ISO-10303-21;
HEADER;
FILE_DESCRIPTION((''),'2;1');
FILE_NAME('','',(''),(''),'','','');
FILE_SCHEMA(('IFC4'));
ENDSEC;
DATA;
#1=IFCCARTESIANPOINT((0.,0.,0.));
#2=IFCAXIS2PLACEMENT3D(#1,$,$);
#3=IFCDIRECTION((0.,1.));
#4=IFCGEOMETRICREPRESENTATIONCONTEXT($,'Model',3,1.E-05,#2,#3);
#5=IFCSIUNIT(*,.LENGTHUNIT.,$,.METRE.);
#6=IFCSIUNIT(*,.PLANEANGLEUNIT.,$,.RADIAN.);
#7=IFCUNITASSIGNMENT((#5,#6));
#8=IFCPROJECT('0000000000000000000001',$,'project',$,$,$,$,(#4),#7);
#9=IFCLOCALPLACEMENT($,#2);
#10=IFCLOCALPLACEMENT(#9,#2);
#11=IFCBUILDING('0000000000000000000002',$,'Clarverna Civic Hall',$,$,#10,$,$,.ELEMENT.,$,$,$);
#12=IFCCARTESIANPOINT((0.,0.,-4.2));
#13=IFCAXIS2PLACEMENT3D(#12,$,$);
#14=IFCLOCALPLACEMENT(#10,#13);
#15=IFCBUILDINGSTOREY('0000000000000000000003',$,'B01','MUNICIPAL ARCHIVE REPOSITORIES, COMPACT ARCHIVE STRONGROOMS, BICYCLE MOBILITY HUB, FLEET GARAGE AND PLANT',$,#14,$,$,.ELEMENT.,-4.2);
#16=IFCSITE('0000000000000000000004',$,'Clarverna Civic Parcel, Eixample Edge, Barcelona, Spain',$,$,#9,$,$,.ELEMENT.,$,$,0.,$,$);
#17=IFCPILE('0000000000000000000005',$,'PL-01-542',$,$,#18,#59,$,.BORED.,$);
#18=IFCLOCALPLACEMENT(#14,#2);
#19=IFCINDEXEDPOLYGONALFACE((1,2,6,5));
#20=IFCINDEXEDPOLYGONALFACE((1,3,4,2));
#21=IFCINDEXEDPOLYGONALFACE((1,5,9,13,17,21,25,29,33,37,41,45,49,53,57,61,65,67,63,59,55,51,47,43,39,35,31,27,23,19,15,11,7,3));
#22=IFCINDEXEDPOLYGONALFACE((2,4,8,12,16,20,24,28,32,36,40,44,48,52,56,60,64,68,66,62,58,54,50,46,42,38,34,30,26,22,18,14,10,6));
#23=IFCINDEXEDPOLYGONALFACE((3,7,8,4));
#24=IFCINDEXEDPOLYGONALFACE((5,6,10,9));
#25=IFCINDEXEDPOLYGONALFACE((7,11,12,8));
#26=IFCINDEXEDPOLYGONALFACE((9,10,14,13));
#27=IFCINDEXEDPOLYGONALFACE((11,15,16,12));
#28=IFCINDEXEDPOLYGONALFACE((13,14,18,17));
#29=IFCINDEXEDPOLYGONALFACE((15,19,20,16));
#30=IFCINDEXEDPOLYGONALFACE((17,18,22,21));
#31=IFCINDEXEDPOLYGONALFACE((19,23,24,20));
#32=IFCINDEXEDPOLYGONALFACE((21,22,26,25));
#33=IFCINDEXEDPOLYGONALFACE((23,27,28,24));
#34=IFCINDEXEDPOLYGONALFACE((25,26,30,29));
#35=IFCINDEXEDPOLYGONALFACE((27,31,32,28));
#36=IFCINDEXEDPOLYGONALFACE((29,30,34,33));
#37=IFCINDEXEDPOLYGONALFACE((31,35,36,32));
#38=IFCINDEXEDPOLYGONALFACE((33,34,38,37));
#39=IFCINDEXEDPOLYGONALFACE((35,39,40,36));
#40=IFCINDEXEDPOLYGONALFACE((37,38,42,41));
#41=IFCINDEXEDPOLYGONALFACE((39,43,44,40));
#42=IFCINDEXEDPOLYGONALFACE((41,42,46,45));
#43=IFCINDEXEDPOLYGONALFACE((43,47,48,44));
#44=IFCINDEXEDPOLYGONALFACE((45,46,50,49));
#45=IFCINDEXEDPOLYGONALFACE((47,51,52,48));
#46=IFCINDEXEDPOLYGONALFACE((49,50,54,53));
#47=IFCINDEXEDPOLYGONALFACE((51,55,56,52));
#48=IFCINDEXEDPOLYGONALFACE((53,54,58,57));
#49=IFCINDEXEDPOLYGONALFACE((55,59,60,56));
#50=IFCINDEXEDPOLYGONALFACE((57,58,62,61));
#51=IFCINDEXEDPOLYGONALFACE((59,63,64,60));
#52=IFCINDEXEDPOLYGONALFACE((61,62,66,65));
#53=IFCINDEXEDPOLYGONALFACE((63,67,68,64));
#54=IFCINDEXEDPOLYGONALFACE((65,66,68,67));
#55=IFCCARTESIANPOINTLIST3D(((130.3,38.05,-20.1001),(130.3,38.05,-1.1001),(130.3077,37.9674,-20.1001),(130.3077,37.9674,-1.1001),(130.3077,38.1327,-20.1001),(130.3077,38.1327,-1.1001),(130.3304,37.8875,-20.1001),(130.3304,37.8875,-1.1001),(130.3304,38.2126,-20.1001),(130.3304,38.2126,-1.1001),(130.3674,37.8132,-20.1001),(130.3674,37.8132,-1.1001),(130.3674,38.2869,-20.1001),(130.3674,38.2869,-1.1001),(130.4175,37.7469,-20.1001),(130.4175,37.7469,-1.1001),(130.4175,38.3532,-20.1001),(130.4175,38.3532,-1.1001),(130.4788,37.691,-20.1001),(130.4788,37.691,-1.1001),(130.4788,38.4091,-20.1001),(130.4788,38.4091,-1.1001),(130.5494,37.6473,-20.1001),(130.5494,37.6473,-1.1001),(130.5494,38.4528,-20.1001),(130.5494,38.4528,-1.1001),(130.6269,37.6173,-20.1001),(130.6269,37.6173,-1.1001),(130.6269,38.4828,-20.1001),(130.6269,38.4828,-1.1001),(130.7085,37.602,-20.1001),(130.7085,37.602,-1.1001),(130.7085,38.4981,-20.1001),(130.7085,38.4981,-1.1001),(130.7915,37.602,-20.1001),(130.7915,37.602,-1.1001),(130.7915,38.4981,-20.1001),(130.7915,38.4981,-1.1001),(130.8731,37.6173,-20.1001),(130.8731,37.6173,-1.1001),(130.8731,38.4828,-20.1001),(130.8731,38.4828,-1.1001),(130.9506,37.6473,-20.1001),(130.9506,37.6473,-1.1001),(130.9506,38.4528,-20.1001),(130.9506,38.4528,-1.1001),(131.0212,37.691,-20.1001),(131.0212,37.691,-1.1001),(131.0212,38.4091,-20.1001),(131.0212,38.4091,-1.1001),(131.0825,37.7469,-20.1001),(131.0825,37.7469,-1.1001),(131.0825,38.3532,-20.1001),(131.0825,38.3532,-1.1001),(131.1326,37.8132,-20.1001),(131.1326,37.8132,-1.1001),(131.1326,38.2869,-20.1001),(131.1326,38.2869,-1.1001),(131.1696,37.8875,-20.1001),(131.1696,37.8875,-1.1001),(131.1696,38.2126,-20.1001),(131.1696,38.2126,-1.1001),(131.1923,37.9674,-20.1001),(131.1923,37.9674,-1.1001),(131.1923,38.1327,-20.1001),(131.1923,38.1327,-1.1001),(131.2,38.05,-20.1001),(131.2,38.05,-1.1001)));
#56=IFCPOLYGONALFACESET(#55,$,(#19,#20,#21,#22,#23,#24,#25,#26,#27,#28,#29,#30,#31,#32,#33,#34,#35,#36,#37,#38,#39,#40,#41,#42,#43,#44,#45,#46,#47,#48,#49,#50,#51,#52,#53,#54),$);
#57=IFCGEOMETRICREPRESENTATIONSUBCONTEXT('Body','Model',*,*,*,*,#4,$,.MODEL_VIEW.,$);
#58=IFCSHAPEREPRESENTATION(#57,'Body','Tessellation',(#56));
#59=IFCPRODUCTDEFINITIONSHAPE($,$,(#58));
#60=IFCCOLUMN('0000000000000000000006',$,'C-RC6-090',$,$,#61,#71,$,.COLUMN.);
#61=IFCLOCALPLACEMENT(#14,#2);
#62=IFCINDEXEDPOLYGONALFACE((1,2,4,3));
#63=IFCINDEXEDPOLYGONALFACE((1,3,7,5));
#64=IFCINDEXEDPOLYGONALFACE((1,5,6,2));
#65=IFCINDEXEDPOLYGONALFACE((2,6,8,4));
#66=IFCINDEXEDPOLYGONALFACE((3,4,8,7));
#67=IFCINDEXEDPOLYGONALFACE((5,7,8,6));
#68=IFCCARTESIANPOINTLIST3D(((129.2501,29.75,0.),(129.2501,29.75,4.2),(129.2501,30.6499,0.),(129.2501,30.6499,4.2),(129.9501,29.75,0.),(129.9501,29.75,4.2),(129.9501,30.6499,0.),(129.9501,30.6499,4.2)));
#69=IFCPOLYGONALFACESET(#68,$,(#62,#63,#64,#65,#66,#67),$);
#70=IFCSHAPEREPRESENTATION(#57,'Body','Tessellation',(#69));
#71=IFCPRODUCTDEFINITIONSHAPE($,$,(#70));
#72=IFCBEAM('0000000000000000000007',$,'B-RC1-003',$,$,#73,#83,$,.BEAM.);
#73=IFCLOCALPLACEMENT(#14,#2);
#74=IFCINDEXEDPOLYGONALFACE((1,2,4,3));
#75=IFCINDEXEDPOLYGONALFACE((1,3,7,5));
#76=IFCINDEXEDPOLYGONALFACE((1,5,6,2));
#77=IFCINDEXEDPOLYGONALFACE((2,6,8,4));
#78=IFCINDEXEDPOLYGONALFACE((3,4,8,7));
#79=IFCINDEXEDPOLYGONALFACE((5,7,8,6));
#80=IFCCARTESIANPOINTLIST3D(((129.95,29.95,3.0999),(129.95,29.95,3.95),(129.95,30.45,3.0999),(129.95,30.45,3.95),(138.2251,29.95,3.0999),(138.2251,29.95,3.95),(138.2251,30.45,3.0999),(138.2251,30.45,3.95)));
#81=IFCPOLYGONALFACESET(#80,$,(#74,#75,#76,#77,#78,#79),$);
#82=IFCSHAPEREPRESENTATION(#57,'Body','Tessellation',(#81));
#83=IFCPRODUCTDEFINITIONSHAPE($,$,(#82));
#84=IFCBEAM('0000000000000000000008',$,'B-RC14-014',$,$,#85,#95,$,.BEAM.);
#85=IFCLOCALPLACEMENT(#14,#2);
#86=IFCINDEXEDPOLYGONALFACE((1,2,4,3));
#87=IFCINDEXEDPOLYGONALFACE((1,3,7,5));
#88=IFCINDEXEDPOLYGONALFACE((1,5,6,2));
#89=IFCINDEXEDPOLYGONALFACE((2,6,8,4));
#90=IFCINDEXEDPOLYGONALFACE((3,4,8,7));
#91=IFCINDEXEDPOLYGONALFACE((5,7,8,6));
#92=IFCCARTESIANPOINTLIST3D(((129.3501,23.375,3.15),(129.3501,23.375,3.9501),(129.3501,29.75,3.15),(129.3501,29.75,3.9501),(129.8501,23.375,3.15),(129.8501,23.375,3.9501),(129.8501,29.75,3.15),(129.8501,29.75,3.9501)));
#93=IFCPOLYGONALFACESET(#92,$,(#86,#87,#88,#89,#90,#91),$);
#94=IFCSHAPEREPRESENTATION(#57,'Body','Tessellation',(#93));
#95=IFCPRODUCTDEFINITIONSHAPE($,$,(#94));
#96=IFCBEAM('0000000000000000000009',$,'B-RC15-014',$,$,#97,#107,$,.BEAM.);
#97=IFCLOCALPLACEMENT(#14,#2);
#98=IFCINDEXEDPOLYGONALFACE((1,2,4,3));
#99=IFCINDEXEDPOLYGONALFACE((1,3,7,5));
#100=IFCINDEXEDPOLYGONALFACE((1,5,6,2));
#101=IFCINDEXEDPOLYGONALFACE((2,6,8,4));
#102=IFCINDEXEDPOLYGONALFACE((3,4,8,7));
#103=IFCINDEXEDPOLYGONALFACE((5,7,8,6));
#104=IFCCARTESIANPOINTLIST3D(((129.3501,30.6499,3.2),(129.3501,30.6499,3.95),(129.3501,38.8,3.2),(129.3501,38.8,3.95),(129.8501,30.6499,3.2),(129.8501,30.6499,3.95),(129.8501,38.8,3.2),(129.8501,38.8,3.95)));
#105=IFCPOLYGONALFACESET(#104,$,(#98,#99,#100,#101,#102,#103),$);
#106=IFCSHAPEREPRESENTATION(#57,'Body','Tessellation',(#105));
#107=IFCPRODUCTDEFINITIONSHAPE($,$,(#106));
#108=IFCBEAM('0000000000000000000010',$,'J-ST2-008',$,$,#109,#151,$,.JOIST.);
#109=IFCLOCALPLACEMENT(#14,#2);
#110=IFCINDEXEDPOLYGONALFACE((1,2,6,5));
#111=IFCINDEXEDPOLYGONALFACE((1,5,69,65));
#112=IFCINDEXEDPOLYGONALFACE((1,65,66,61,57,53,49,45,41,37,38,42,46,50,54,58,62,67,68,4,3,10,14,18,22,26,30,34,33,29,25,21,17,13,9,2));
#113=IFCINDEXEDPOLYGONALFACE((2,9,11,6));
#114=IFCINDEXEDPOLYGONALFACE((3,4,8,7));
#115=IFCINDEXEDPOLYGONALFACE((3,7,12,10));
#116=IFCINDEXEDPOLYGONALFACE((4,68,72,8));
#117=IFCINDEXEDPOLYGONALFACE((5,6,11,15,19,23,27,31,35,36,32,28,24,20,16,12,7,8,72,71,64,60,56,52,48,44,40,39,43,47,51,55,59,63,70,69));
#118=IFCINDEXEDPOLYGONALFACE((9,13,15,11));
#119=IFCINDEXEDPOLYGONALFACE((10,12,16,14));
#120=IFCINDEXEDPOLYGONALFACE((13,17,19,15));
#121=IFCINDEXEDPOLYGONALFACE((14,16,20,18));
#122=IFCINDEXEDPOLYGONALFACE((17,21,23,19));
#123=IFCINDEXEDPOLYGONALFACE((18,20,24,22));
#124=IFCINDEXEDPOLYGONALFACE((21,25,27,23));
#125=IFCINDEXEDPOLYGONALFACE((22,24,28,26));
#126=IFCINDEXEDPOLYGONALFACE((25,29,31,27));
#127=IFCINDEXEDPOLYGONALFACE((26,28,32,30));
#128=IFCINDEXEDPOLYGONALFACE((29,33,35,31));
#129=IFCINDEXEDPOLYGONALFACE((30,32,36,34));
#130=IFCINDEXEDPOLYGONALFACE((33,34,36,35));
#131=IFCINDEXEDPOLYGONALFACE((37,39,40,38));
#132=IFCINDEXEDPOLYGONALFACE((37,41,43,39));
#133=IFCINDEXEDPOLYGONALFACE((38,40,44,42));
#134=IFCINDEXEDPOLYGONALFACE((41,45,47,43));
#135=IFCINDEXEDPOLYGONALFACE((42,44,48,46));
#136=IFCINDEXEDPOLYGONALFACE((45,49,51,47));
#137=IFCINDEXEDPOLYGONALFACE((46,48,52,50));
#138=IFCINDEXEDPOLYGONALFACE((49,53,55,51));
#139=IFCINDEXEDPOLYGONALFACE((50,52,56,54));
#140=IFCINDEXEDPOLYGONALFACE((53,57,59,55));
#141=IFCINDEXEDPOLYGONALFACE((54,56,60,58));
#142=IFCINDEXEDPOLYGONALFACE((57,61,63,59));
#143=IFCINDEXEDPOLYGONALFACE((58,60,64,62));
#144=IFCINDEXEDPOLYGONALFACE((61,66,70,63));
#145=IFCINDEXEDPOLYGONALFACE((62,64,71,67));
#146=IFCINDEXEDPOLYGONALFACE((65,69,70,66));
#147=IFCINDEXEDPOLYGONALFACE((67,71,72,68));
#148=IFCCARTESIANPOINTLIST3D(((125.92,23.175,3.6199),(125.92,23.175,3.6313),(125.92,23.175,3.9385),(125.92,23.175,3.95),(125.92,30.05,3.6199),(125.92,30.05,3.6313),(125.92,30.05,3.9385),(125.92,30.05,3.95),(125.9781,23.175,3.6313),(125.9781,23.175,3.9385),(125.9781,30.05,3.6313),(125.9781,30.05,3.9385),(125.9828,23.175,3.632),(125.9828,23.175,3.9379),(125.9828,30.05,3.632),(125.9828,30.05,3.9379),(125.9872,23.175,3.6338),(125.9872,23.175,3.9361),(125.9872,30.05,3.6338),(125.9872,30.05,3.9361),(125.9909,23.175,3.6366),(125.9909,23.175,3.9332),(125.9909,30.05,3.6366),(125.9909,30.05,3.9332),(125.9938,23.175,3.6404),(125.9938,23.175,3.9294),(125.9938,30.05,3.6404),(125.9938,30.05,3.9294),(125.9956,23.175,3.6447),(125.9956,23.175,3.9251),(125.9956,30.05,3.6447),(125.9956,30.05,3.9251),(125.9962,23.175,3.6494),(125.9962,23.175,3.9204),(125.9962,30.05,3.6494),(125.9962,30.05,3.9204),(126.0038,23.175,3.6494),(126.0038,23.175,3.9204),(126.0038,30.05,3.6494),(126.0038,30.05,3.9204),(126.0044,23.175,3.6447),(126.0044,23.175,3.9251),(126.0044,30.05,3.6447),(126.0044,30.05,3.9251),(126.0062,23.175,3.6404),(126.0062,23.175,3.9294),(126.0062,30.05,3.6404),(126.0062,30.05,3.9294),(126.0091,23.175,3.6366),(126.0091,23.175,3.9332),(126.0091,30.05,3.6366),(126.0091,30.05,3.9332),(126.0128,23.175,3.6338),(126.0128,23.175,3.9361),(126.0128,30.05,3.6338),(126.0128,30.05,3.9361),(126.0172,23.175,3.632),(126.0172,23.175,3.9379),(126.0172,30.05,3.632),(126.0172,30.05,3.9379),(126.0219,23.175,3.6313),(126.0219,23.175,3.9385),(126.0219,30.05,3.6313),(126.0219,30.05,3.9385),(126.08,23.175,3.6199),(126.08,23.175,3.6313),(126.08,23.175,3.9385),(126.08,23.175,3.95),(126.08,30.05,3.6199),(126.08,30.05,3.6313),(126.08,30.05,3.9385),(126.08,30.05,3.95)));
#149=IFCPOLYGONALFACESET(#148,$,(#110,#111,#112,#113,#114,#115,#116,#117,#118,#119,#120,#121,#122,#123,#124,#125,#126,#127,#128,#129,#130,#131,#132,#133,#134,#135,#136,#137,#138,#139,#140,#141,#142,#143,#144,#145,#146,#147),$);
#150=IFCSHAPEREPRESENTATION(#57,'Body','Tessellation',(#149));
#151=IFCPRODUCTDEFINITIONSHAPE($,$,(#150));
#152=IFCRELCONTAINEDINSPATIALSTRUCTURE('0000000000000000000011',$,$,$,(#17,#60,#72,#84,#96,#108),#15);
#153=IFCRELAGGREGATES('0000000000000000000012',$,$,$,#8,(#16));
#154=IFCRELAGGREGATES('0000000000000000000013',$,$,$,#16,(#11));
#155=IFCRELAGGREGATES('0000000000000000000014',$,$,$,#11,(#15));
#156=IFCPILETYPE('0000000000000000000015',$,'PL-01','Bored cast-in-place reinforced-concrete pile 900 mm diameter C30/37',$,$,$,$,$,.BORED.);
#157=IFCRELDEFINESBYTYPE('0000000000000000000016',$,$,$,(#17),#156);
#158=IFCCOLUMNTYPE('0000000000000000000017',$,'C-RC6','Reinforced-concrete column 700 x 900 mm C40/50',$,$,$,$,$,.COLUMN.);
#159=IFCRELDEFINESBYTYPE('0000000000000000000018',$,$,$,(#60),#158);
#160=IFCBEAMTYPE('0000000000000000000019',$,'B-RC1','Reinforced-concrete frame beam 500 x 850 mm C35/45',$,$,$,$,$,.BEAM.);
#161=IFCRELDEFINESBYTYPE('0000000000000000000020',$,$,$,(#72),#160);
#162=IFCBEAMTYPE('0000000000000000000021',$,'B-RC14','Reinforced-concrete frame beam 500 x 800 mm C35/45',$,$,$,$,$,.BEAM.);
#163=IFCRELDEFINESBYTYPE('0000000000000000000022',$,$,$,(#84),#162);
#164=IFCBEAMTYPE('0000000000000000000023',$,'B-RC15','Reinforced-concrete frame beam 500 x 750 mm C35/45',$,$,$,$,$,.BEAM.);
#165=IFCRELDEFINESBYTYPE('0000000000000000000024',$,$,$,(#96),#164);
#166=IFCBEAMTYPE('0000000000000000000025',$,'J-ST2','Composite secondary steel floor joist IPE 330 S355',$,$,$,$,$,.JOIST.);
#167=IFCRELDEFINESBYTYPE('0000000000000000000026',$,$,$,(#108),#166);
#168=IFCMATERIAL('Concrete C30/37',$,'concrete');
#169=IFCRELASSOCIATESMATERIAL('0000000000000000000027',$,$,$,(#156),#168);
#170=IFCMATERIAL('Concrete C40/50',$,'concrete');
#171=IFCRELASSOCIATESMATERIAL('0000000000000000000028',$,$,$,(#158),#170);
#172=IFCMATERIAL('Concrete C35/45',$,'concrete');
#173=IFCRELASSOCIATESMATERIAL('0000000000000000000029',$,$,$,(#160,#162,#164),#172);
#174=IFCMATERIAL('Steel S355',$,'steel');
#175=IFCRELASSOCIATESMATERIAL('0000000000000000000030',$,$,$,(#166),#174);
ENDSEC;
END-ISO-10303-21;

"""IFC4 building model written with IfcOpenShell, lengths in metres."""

from ifc_helpers import new_model, si_unit, direction, frame, origin, origin_2d, place, context, subcontext, project, spatial, rectangle, circle, i_section, extrude, material, material_profile, profile_set, type_object, element, save


model = new_model("IFC4")

# Units and contexts
model_context = context("Model", 3, precision=1e-05, world=origin(), true_north=direction((0.0, 1.0)))
body_context = subcontext(model_context, "Body", "Model", "MODEL_VIEW")
ifc_project = project(units=[si_unit("LENGTHUNIT", "METRE"), si_unit("PLANEANGLEUNIT", "RADIAN")], contexts=[model_context])

# Site, building, storey
site_placement = place(None, origin())
site = spatial("IfcSite", under=ifc_project, at=site_placement, Name="Clarverna Civic Parcel, Eixample Edge, Barcelona, Spain", CompositionType="ELEMENT", RefElevation=0.0)
building_placement = place(site_placement, origin())
building = spatial("IfcBuilding", under=site, at=building_placement, Name="Clarverna Civic Hall", CompositionType="ELEMENT")
storey_placement = place(building_placement, frame((0.0, 0.0, -4.2)))
storey = spatial("IfcBuildingStorey", under=building, at=storey_placement, Name="B01", Description="MUNICIPAL ARCHIVE REPOSITORIES, COMPACT ARCHIVE STRONGROOMS, BICYCLE MOBILITY HUB, FLEET GARAGE AND PLANT", CompositionType="ELEMENT", Elevation=-4.2)

# Shared definitions
ifc_material_1 = material(Name="Concrete C30/37", Category="concrete")

# Pile
ifc_material_profile_1 = material_profile(ifc_material_1, circle(Radius=0.45, at=origin_2d()), Name="BORED PILE D900")
ifc_profile_set_1 = profile_set([ifc_material_profile_1], Name="Concrete C30/37")
pile_type = type_object("IfcPileType", Name="PL-01", Description="Bored cast-in-place reinforced-concrete pile 900 mm diameter C30/37", PredefinedType="BORED", material=ifc_profile_set_1)
for number, where, z_axis, x_axis, name in (
    (1, (130.75, 38.05, -1.1001), (0.0, 0.0, -1.0), (1.0, 0.0, 0.0), "PL-01-542"),
):
    element("IfcPile", number, at=place(storey_placement, frame(where, z_axis=z_axis, x_axis=x_axis)), inside=storey, type_object=pile_type, Name=name, PredefinedType="BORED", context=body_context, shape_type="SweptSolid", body=[
        extrude(circle(Radius=0.45, at=origin_2d()), origin(), (0.0, 0.0, 1.0), 19.0),
    ])

# Column
ifc_material_2 = material(Name="Concrete C40/50", Category="concrete")
ifc_material_profile_2 = material_profile(ifc_material_2, rectangle(XDim=0.7, YDim=0.8999, at=origin_2d()), Name="RC 700x900")
ifc_profile_set_2 = profile_set([ifc_material_profile_2], Name="Concrete C40/50")
column_type = type_object("IfcColumnType", Name="C-RC6", Description="Reinforced-concrete column 700 x 900 mm C40/50", PredefinedType="COLUMN", material=ifc_profile_set_2)
column_placement = place(storey_placement, frame((129.6001, 30.2, 0.0), z_axis=(0.0, 0.0, 1.0), x_axis=(1.0, 0.0, 0.0)))
element("IfcColumn", 2, at=column_placement, inside=storey, type_object=column_type, Name="C-RC6-090", PredefinedType="COLUMN", context=body_context, shape_type="SweptSolid", body=[
    extrude(rectangle(XDim=0.7, YDim=0.8999, at=origin_2d()), origin(), (0.0, 0.0, 1.0), 4.2),
])

# Beams
ifc_material_3 = material(Name="Concrete C35/45", Category="concrete")
ifc_material_profile_3 = material_profile(ifc_material_3, rectangle(XDim=0.5, YDim=0.8501, at=origin_2d()), Name="RC 500x850")
ifc_profile_set_3 = profile_set([ifc_material_profile_3], Name="Concrete C35/45")
beam_type_1 = type_object("IfcBeamType", Name="B-RC1", Description="Reinforced-concrete frame beam 500 x 850 mm C35/45", PredefinedType="BEAM", material=ifc_profile_set_3)
beam_1_placement = place(storey_placement, frame((129.95, 30.2, 3.5249), z_axis=(1.0, 0.0, 0.0), x_axis=(0.0, 1.0, 0.0)))
element("IfcBeam", 3, at=beam_1_placement, inside=storey, type_object=beam_type_1, Name="B-RC1-003", PredefinedType="BEAM", context=body_context, shape_type="SweptSolid", body=[
    extrude(rectangle(XDim=0.5, YDim=0.8501, at=origin_2d()), origin(), (0.0, 0.0, 1.0), 8.2751),
])
ifc_material_profile_4 = material_profile(ifc_material_3, rectangle(XDim=0.5, YDim=0.8, at=origin_2d()), Name="RC 500x800")
ifc_profile_set_4 = profile_set([ifc_material_profile_4], Name="Concrete C35/45")
beam_type_2 = type_object("IfcBeamType", Name="B-RC14", Description="Reinforced-concrete frame beam 500 x 800 mm C35/45", PredefinedType="BEAM", material=ifc_profile_set_4)
beam_2_placement = place(storey_placement, frame((129.6001, 23.375, 3.55), z_axis=(0.0, 1.0, 0.0), x_axis=(-1.0, 0.0, 0.0)))
element("IfcBeam", 4, at=beam_2_placement, inside=storey, type_object=beam_type_2, Name="B-RC14-014", PredefinedType="BEAM", context=body_context, shape_type="SweptSolid", body=[
    extrude(rectangle(XDim=0.5, YDim=0.8, at=origin_2d()), origin(), (0.0, 0.0, 1.0), 6.375),
])
ifc_material_profile_5 = material_profile(ifc_material_3, rectangle(XDim=0.5, YDim=0.75, at=origin_2d()), Name="RC 500x750")
ifc_profile_set_5 = profile_set([ifc_material_profile_5], Name="Concrete C35/45")
beam_type_3 = type_object("IfcBeamType", Name="B-RC15", Description="Reinforced-concrete frame beam 500 x 750 mm C35/45", PredefinedType="BEAM", material=ifc_profile_set_5)
beam_3_placement = place(storey_placement, frame((129.6001, 30.6499, 3.575), z_axis=(0.0, 1.0, 0.0), x_axis=(-1.0, 0.0, 0.0)))
element("IfcBeam", 5, at=beam_3_placement, inside=storey, type_object=beam_type_3, Name="B-RC15-014", PredefinedType="BEAM", context=body_context, shape_type="SweptSolid", body=[
    extrude(rectangle(XDim=0.5, YDim=0.75, at=origin_2d()), origin(), (0.0, 0.0, 1.0), 8.1501),
])
ifc_material_4 = material(Name="Steel S355", Category="steel")
ifc_material_profile_6 = material_profile(ifc_material_4, i_section(OverallWidth=0.1599, OverallDepth=0.3301, WebThickness=0.0076, FlangeThickness=0.0115, FilletRadius=0.0181, at=origin_2d()), Name="IPE 330")
ifc_profile_set_6 = profile_set([ifc_material_profile_6], Name="Steel S355")
beam_type_4 = type_object("IfcBeamType", Name="J-ST2", Description="Composite secondary steel floor joist IPE 330 S355", PredefinedType="JOIST", material=ifc_profile_set_6)
beam_4_placement = place(storey_placement, frame((126.0, 23.175, 3.7849), z_axis=(0.0, 1.0, 0.0), x_axis=(-1.0, 0.0, 0.0)))
element("IfcBeam", 6, at=beam_4_placement, inside=storey, type_object=beam_type_4, Name="J-ST2-008", PredefinedType="JOIST", context=body_context, shape_type="SweptSolid", body=[
    extrude(i_section(OverallWidth=0.1599, OverallDepth=0.3301, WebThickness=0.0076, FlangeThickness=0.0115, FilletRadius=0.0181, at=origin_2d()), origin(), (0.0, 0.0, 1.0), 6.875),
])

save(model, "model.ifc")
